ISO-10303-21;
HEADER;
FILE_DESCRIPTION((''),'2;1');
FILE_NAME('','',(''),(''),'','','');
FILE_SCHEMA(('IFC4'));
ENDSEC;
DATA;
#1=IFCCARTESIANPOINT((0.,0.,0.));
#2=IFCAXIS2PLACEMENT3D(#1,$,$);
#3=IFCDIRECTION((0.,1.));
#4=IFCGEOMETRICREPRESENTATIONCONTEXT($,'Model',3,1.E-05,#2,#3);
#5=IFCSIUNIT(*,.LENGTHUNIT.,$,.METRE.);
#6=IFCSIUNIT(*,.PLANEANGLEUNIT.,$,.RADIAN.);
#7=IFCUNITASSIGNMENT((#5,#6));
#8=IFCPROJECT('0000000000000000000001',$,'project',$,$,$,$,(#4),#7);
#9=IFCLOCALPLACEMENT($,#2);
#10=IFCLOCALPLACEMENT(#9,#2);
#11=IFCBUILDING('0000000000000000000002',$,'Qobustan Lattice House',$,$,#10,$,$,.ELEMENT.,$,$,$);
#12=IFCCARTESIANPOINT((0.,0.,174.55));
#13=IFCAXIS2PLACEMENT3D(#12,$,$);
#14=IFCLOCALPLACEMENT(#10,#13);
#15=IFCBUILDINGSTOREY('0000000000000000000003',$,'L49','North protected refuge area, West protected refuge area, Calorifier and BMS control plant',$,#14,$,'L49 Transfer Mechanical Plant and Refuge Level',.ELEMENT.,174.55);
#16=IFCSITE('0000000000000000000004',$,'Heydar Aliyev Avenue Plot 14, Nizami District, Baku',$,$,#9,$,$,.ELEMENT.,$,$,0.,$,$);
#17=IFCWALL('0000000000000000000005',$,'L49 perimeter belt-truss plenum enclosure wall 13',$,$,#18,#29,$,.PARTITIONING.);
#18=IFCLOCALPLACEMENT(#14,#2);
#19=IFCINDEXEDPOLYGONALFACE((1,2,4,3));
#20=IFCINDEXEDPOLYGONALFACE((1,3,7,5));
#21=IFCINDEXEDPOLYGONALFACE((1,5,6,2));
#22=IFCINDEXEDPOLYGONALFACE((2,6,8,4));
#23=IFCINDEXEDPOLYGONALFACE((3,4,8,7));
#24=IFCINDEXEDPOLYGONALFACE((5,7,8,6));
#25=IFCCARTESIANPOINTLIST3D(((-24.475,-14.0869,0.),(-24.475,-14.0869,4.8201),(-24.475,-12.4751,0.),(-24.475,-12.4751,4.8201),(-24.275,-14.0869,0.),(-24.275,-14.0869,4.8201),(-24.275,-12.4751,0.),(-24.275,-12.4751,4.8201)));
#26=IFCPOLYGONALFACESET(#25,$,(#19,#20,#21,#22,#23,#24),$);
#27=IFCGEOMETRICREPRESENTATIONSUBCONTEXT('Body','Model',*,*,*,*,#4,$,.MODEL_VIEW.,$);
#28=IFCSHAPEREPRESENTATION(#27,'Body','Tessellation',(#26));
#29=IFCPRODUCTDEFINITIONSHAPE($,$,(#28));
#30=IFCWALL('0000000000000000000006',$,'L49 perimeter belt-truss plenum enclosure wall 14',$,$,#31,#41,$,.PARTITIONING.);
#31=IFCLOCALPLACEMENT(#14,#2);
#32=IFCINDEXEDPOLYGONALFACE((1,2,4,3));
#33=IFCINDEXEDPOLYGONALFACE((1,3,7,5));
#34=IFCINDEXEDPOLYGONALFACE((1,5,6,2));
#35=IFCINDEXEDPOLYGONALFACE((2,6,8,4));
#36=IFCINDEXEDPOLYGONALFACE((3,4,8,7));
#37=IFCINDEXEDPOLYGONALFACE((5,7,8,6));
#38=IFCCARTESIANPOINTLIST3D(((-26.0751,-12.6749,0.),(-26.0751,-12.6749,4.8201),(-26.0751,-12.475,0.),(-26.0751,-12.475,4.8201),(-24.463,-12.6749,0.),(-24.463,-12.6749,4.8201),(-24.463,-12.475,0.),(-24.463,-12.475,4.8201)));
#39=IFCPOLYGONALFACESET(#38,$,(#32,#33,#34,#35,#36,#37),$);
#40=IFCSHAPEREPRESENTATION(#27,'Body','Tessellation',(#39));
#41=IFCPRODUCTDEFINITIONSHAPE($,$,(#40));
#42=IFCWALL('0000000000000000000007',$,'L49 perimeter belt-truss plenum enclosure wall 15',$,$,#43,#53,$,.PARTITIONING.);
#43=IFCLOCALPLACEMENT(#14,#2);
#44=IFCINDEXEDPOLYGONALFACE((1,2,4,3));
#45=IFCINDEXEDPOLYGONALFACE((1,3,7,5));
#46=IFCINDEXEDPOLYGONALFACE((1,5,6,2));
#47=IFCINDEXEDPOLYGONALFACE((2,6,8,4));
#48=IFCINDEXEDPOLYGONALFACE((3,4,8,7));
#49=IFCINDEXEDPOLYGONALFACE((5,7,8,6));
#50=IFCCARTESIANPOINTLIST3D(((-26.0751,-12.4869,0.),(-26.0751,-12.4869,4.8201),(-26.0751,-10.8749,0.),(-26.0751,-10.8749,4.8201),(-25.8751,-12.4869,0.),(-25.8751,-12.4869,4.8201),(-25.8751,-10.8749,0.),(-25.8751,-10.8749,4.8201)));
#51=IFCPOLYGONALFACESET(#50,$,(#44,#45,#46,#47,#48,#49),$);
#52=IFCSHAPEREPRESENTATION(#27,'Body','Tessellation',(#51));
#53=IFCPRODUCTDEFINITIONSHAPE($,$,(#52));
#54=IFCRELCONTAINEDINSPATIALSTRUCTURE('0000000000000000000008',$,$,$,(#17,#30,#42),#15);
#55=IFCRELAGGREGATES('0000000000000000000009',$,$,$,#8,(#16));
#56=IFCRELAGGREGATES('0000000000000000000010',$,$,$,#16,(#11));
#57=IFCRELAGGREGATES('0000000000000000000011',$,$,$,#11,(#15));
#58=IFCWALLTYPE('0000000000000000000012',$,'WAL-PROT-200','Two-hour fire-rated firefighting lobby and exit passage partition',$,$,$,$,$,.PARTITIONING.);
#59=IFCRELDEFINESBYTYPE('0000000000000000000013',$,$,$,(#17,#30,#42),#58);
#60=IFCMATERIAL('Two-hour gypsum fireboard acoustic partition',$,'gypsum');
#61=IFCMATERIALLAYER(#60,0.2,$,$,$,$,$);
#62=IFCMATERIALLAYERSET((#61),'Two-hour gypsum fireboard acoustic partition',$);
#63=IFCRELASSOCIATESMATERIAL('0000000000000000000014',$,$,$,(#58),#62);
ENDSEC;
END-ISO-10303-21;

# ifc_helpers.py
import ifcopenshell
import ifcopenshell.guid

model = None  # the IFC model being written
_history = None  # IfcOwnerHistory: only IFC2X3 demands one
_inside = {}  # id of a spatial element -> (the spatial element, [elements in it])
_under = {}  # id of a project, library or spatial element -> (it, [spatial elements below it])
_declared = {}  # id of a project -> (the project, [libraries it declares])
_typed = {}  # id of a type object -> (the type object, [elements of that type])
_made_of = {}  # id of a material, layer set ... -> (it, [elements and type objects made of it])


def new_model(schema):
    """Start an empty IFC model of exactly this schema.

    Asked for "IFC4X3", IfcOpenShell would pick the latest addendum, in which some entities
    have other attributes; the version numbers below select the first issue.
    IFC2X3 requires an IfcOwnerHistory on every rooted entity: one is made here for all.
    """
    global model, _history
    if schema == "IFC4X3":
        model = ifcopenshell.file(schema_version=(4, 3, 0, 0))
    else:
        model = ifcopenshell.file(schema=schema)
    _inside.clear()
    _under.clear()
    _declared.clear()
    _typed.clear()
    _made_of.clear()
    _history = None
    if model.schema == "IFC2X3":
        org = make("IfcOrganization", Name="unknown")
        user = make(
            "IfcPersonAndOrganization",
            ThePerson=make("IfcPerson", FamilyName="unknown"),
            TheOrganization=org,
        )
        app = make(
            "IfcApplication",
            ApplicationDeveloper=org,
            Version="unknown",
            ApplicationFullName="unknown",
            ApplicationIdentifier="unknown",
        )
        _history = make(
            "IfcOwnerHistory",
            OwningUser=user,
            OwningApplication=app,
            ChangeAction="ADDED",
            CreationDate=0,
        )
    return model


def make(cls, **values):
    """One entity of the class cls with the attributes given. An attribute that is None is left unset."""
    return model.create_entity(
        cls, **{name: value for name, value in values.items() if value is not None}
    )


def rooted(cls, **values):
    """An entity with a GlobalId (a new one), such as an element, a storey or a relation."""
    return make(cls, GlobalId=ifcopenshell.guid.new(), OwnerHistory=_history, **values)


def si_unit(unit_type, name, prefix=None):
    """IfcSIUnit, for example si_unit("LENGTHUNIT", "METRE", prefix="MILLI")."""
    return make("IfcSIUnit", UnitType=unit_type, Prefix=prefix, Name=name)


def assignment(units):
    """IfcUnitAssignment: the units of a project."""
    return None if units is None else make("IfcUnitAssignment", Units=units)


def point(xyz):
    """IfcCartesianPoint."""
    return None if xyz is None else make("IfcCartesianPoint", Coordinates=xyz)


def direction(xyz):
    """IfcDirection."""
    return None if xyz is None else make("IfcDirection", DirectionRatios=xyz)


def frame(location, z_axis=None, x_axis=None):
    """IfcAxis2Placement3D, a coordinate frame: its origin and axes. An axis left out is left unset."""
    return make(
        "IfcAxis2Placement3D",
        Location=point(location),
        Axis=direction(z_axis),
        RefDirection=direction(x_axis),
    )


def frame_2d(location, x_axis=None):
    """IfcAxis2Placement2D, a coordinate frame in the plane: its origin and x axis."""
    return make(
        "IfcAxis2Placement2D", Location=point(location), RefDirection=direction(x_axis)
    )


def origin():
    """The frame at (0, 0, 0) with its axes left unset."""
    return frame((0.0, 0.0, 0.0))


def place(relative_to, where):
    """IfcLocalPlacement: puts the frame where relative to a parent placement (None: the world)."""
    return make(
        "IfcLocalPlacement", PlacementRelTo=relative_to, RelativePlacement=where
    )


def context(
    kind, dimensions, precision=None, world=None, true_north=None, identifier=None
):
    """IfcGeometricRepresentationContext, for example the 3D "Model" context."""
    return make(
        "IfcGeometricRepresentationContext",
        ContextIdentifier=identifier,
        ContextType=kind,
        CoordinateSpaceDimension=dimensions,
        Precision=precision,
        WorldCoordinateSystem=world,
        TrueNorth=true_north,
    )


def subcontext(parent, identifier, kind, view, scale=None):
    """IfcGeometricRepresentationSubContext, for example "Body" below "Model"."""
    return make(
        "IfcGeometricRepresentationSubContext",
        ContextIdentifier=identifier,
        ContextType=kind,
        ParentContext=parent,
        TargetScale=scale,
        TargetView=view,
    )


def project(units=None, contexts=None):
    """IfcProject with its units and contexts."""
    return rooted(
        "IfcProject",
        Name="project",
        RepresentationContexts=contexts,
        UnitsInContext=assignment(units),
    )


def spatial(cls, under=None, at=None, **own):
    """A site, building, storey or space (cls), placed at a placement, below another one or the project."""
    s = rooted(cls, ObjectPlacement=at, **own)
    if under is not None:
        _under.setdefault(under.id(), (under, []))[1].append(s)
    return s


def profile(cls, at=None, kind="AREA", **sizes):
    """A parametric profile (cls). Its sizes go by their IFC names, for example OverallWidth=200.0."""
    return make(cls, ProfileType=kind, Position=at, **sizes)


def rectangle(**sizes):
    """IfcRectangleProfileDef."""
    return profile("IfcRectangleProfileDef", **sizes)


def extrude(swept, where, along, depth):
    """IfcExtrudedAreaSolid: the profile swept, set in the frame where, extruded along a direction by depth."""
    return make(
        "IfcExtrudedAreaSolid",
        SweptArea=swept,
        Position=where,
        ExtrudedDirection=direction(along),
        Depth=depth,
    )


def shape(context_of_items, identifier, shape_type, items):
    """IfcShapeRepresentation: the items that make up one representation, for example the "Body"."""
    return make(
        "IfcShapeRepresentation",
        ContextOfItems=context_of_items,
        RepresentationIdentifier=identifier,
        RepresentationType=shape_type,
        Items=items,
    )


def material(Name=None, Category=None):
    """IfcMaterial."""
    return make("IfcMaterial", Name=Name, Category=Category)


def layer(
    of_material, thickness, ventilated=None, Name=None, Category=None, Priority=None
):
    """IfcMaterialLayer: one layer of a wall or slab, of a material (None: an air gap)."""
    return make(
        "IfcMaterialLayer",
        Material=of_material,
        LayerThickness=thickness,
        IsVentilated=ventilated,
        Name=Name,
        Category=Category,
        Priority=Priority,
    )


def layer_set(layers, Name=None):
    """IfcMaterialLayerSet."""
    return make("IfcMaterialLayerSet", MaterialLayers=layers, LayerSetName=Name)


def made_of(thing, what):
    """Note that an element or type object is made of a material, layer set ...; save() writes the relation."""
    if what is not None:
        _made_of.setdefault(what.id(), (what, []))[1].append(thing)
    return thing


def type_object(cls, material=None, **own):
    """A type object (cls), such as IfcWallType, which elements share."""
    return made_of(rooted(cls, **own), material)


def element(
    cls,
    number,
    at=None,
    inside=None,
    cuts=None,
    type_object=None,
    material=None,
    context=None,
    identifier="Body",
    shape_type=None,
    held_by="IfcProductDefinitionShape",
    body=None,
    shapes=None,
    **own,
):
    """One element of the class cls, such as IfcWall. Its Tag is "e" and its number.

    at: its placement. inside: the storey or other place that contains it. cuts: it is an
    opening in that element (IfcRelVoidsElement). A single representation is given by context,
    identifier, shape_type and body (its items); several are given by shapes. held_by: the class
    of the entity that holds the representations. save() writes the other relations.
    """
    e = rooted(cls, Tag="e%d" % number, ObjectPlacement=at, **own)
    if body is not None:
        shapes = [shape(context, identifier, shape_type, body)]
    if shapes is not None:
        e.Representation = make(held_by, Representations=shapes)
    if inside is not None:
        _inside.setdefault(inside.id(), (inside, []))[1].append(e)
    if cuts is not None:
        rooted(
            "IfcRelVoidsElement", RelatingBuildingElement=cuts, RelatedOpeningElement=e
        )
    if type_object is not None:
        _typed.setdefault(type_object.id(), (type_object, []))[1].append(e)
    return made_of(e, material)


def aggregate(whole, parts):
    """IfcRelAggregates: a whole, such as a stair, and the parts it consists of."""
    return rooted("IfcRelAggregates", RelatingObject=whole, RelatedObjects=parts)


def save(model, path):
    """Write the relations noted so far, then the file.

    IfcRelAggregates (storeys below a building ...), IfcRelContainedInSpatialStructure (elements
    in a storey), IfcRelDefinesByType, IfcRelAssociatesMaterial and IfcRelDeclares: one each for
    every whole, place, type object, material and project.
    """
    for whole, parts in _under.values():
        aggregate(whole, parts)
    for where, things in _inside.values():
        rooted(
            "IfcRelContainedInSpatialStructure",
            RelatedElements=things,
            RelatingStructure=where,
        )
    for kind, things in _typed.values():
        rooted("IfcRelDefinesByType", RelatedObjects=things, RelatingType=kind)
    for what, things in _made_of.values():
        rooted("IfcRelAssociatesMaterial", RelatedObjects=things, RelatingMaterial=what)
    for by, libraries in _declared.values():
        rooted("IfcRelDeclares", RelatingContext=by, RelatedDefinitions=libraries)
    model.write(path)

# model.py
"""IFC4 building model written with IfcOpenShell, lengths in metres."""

from ifc_helpers import new_model, si_unit, direction, frame, frame_2d, origin, place, context, subcontext, project, spatial, rectangle, extrude, material, layer, layer_set, type_object, element, save


model = new_model("IFC4")

# Units and contexts
model_context = context("Model", 3, precision=1e-05, world=origin(), true_north=direction((0.0, 1.0)))
body_context = subcontext(model_context, "Body", "Model", "MODEL_VIEW")
ifc_project = project(units=[si_unit("LENGTHUNIT", "METRE"), si_unit("PLANEANGLEUNIT", "RADIAN")], contexts=[model_context])

# Site, building, storey
site_placement = place(None, origin())
site = spatial("IfcSite", under=ifc_project, at=site_placement, Name="Heydar Aliyev Avenue Plot 14, Nizami District, Baku", CompositionType="ELEMENT", RefElevation=0.0)
building_placement = place(site_placement, origin())
building = spatial("IfcBuilding", under=site, at=building_placement, Name="Qobustan Lattice House", CompositionType="ELEMENT")
storey_placement = place(building_placement, frame((0.0, 0.0, 174.55)))
storey = spatial("IfcBuildingStorey", under=building, at=storey_placement, Name="L49", Description="North protected refuge area, West protected refuge area, Calorifier and BMS control plant", LongName="L49 Transfer Mechanical Plant and Refuge Level", CompositionType="ELEMENT", Elevation=174.55)

# Walls
ifc_material_1 = material(Name="Two-hour gypsum fireboard acoustic partition", Category="gypsum")
ifc_layer_1 = layer(ifc_material_1, 0.2)
ifc_layer_set_1 = layer_set([ifc_layer_1], Name="Two-hour gypsum fireboard acoustic partition")
wall_type_1 = type_object("IfcWallType", Name="WAL-PROT-200", Description="Two-hour fire-rated firefighting lobby and exit passage partition", PredefinedType="PARTITIONING", material=ifc_layer_set_1)
wall_1_placement = place(storey_placement, frame((-24.375, -14.0869, 0.0), z_axis=(0.0, 0.0, 1.0), x_axis=(0.0, 1.0, 0.0)))
element("IfcWall", 1, at=wall_1_placement, inside=storey, type_object=wall_type_1, Name="L49 perimeter belt-truss plenum enclosure wall 13", PredefinedType="PARTITIONING", context=body_context, shape_type="SweptSolid", body=[
    extrude(rectangle(XDim=1.6118, YDim=0.2, at=frame_2d((0.8059, 0.0))), origin(), (0.0, 0.0, 1.0), 4.8201),
])
for number, where, z_axis, x_axis, name in (
    (2, (-24.4629, -12.575, 0.0), (0.0, 0.0, 1.0), (-1.0, 0.0, 0.0), "L49 perimeter belt-truss plenum enclosure wall 14"),
    (3, (-25.9751, -12.4871, 0.0), (0.0, 0.0, 1.0), (0.0, 1.0, 0.0), "L49 perimeter belt-truss plenum enclosure wall 15"),
):
    element("IfcWall", number, at=place(storey_placement, frame(where, z_axis=z_axis, x_axis=x_axis)), inside=storey, type_object=wall_type_1, Name=name, PredefinedType="PARTITIONING", context=body_context, shape_type="SweptSolid", body=[
        extrude(rectangle(XDim=1.6121, YDim=0.2, at=frame_2d((0.8062, 0.0))), origin(), (0.0, 0.0, 1.0), 4.8201),
    ])

save(model, "model.ifc")
